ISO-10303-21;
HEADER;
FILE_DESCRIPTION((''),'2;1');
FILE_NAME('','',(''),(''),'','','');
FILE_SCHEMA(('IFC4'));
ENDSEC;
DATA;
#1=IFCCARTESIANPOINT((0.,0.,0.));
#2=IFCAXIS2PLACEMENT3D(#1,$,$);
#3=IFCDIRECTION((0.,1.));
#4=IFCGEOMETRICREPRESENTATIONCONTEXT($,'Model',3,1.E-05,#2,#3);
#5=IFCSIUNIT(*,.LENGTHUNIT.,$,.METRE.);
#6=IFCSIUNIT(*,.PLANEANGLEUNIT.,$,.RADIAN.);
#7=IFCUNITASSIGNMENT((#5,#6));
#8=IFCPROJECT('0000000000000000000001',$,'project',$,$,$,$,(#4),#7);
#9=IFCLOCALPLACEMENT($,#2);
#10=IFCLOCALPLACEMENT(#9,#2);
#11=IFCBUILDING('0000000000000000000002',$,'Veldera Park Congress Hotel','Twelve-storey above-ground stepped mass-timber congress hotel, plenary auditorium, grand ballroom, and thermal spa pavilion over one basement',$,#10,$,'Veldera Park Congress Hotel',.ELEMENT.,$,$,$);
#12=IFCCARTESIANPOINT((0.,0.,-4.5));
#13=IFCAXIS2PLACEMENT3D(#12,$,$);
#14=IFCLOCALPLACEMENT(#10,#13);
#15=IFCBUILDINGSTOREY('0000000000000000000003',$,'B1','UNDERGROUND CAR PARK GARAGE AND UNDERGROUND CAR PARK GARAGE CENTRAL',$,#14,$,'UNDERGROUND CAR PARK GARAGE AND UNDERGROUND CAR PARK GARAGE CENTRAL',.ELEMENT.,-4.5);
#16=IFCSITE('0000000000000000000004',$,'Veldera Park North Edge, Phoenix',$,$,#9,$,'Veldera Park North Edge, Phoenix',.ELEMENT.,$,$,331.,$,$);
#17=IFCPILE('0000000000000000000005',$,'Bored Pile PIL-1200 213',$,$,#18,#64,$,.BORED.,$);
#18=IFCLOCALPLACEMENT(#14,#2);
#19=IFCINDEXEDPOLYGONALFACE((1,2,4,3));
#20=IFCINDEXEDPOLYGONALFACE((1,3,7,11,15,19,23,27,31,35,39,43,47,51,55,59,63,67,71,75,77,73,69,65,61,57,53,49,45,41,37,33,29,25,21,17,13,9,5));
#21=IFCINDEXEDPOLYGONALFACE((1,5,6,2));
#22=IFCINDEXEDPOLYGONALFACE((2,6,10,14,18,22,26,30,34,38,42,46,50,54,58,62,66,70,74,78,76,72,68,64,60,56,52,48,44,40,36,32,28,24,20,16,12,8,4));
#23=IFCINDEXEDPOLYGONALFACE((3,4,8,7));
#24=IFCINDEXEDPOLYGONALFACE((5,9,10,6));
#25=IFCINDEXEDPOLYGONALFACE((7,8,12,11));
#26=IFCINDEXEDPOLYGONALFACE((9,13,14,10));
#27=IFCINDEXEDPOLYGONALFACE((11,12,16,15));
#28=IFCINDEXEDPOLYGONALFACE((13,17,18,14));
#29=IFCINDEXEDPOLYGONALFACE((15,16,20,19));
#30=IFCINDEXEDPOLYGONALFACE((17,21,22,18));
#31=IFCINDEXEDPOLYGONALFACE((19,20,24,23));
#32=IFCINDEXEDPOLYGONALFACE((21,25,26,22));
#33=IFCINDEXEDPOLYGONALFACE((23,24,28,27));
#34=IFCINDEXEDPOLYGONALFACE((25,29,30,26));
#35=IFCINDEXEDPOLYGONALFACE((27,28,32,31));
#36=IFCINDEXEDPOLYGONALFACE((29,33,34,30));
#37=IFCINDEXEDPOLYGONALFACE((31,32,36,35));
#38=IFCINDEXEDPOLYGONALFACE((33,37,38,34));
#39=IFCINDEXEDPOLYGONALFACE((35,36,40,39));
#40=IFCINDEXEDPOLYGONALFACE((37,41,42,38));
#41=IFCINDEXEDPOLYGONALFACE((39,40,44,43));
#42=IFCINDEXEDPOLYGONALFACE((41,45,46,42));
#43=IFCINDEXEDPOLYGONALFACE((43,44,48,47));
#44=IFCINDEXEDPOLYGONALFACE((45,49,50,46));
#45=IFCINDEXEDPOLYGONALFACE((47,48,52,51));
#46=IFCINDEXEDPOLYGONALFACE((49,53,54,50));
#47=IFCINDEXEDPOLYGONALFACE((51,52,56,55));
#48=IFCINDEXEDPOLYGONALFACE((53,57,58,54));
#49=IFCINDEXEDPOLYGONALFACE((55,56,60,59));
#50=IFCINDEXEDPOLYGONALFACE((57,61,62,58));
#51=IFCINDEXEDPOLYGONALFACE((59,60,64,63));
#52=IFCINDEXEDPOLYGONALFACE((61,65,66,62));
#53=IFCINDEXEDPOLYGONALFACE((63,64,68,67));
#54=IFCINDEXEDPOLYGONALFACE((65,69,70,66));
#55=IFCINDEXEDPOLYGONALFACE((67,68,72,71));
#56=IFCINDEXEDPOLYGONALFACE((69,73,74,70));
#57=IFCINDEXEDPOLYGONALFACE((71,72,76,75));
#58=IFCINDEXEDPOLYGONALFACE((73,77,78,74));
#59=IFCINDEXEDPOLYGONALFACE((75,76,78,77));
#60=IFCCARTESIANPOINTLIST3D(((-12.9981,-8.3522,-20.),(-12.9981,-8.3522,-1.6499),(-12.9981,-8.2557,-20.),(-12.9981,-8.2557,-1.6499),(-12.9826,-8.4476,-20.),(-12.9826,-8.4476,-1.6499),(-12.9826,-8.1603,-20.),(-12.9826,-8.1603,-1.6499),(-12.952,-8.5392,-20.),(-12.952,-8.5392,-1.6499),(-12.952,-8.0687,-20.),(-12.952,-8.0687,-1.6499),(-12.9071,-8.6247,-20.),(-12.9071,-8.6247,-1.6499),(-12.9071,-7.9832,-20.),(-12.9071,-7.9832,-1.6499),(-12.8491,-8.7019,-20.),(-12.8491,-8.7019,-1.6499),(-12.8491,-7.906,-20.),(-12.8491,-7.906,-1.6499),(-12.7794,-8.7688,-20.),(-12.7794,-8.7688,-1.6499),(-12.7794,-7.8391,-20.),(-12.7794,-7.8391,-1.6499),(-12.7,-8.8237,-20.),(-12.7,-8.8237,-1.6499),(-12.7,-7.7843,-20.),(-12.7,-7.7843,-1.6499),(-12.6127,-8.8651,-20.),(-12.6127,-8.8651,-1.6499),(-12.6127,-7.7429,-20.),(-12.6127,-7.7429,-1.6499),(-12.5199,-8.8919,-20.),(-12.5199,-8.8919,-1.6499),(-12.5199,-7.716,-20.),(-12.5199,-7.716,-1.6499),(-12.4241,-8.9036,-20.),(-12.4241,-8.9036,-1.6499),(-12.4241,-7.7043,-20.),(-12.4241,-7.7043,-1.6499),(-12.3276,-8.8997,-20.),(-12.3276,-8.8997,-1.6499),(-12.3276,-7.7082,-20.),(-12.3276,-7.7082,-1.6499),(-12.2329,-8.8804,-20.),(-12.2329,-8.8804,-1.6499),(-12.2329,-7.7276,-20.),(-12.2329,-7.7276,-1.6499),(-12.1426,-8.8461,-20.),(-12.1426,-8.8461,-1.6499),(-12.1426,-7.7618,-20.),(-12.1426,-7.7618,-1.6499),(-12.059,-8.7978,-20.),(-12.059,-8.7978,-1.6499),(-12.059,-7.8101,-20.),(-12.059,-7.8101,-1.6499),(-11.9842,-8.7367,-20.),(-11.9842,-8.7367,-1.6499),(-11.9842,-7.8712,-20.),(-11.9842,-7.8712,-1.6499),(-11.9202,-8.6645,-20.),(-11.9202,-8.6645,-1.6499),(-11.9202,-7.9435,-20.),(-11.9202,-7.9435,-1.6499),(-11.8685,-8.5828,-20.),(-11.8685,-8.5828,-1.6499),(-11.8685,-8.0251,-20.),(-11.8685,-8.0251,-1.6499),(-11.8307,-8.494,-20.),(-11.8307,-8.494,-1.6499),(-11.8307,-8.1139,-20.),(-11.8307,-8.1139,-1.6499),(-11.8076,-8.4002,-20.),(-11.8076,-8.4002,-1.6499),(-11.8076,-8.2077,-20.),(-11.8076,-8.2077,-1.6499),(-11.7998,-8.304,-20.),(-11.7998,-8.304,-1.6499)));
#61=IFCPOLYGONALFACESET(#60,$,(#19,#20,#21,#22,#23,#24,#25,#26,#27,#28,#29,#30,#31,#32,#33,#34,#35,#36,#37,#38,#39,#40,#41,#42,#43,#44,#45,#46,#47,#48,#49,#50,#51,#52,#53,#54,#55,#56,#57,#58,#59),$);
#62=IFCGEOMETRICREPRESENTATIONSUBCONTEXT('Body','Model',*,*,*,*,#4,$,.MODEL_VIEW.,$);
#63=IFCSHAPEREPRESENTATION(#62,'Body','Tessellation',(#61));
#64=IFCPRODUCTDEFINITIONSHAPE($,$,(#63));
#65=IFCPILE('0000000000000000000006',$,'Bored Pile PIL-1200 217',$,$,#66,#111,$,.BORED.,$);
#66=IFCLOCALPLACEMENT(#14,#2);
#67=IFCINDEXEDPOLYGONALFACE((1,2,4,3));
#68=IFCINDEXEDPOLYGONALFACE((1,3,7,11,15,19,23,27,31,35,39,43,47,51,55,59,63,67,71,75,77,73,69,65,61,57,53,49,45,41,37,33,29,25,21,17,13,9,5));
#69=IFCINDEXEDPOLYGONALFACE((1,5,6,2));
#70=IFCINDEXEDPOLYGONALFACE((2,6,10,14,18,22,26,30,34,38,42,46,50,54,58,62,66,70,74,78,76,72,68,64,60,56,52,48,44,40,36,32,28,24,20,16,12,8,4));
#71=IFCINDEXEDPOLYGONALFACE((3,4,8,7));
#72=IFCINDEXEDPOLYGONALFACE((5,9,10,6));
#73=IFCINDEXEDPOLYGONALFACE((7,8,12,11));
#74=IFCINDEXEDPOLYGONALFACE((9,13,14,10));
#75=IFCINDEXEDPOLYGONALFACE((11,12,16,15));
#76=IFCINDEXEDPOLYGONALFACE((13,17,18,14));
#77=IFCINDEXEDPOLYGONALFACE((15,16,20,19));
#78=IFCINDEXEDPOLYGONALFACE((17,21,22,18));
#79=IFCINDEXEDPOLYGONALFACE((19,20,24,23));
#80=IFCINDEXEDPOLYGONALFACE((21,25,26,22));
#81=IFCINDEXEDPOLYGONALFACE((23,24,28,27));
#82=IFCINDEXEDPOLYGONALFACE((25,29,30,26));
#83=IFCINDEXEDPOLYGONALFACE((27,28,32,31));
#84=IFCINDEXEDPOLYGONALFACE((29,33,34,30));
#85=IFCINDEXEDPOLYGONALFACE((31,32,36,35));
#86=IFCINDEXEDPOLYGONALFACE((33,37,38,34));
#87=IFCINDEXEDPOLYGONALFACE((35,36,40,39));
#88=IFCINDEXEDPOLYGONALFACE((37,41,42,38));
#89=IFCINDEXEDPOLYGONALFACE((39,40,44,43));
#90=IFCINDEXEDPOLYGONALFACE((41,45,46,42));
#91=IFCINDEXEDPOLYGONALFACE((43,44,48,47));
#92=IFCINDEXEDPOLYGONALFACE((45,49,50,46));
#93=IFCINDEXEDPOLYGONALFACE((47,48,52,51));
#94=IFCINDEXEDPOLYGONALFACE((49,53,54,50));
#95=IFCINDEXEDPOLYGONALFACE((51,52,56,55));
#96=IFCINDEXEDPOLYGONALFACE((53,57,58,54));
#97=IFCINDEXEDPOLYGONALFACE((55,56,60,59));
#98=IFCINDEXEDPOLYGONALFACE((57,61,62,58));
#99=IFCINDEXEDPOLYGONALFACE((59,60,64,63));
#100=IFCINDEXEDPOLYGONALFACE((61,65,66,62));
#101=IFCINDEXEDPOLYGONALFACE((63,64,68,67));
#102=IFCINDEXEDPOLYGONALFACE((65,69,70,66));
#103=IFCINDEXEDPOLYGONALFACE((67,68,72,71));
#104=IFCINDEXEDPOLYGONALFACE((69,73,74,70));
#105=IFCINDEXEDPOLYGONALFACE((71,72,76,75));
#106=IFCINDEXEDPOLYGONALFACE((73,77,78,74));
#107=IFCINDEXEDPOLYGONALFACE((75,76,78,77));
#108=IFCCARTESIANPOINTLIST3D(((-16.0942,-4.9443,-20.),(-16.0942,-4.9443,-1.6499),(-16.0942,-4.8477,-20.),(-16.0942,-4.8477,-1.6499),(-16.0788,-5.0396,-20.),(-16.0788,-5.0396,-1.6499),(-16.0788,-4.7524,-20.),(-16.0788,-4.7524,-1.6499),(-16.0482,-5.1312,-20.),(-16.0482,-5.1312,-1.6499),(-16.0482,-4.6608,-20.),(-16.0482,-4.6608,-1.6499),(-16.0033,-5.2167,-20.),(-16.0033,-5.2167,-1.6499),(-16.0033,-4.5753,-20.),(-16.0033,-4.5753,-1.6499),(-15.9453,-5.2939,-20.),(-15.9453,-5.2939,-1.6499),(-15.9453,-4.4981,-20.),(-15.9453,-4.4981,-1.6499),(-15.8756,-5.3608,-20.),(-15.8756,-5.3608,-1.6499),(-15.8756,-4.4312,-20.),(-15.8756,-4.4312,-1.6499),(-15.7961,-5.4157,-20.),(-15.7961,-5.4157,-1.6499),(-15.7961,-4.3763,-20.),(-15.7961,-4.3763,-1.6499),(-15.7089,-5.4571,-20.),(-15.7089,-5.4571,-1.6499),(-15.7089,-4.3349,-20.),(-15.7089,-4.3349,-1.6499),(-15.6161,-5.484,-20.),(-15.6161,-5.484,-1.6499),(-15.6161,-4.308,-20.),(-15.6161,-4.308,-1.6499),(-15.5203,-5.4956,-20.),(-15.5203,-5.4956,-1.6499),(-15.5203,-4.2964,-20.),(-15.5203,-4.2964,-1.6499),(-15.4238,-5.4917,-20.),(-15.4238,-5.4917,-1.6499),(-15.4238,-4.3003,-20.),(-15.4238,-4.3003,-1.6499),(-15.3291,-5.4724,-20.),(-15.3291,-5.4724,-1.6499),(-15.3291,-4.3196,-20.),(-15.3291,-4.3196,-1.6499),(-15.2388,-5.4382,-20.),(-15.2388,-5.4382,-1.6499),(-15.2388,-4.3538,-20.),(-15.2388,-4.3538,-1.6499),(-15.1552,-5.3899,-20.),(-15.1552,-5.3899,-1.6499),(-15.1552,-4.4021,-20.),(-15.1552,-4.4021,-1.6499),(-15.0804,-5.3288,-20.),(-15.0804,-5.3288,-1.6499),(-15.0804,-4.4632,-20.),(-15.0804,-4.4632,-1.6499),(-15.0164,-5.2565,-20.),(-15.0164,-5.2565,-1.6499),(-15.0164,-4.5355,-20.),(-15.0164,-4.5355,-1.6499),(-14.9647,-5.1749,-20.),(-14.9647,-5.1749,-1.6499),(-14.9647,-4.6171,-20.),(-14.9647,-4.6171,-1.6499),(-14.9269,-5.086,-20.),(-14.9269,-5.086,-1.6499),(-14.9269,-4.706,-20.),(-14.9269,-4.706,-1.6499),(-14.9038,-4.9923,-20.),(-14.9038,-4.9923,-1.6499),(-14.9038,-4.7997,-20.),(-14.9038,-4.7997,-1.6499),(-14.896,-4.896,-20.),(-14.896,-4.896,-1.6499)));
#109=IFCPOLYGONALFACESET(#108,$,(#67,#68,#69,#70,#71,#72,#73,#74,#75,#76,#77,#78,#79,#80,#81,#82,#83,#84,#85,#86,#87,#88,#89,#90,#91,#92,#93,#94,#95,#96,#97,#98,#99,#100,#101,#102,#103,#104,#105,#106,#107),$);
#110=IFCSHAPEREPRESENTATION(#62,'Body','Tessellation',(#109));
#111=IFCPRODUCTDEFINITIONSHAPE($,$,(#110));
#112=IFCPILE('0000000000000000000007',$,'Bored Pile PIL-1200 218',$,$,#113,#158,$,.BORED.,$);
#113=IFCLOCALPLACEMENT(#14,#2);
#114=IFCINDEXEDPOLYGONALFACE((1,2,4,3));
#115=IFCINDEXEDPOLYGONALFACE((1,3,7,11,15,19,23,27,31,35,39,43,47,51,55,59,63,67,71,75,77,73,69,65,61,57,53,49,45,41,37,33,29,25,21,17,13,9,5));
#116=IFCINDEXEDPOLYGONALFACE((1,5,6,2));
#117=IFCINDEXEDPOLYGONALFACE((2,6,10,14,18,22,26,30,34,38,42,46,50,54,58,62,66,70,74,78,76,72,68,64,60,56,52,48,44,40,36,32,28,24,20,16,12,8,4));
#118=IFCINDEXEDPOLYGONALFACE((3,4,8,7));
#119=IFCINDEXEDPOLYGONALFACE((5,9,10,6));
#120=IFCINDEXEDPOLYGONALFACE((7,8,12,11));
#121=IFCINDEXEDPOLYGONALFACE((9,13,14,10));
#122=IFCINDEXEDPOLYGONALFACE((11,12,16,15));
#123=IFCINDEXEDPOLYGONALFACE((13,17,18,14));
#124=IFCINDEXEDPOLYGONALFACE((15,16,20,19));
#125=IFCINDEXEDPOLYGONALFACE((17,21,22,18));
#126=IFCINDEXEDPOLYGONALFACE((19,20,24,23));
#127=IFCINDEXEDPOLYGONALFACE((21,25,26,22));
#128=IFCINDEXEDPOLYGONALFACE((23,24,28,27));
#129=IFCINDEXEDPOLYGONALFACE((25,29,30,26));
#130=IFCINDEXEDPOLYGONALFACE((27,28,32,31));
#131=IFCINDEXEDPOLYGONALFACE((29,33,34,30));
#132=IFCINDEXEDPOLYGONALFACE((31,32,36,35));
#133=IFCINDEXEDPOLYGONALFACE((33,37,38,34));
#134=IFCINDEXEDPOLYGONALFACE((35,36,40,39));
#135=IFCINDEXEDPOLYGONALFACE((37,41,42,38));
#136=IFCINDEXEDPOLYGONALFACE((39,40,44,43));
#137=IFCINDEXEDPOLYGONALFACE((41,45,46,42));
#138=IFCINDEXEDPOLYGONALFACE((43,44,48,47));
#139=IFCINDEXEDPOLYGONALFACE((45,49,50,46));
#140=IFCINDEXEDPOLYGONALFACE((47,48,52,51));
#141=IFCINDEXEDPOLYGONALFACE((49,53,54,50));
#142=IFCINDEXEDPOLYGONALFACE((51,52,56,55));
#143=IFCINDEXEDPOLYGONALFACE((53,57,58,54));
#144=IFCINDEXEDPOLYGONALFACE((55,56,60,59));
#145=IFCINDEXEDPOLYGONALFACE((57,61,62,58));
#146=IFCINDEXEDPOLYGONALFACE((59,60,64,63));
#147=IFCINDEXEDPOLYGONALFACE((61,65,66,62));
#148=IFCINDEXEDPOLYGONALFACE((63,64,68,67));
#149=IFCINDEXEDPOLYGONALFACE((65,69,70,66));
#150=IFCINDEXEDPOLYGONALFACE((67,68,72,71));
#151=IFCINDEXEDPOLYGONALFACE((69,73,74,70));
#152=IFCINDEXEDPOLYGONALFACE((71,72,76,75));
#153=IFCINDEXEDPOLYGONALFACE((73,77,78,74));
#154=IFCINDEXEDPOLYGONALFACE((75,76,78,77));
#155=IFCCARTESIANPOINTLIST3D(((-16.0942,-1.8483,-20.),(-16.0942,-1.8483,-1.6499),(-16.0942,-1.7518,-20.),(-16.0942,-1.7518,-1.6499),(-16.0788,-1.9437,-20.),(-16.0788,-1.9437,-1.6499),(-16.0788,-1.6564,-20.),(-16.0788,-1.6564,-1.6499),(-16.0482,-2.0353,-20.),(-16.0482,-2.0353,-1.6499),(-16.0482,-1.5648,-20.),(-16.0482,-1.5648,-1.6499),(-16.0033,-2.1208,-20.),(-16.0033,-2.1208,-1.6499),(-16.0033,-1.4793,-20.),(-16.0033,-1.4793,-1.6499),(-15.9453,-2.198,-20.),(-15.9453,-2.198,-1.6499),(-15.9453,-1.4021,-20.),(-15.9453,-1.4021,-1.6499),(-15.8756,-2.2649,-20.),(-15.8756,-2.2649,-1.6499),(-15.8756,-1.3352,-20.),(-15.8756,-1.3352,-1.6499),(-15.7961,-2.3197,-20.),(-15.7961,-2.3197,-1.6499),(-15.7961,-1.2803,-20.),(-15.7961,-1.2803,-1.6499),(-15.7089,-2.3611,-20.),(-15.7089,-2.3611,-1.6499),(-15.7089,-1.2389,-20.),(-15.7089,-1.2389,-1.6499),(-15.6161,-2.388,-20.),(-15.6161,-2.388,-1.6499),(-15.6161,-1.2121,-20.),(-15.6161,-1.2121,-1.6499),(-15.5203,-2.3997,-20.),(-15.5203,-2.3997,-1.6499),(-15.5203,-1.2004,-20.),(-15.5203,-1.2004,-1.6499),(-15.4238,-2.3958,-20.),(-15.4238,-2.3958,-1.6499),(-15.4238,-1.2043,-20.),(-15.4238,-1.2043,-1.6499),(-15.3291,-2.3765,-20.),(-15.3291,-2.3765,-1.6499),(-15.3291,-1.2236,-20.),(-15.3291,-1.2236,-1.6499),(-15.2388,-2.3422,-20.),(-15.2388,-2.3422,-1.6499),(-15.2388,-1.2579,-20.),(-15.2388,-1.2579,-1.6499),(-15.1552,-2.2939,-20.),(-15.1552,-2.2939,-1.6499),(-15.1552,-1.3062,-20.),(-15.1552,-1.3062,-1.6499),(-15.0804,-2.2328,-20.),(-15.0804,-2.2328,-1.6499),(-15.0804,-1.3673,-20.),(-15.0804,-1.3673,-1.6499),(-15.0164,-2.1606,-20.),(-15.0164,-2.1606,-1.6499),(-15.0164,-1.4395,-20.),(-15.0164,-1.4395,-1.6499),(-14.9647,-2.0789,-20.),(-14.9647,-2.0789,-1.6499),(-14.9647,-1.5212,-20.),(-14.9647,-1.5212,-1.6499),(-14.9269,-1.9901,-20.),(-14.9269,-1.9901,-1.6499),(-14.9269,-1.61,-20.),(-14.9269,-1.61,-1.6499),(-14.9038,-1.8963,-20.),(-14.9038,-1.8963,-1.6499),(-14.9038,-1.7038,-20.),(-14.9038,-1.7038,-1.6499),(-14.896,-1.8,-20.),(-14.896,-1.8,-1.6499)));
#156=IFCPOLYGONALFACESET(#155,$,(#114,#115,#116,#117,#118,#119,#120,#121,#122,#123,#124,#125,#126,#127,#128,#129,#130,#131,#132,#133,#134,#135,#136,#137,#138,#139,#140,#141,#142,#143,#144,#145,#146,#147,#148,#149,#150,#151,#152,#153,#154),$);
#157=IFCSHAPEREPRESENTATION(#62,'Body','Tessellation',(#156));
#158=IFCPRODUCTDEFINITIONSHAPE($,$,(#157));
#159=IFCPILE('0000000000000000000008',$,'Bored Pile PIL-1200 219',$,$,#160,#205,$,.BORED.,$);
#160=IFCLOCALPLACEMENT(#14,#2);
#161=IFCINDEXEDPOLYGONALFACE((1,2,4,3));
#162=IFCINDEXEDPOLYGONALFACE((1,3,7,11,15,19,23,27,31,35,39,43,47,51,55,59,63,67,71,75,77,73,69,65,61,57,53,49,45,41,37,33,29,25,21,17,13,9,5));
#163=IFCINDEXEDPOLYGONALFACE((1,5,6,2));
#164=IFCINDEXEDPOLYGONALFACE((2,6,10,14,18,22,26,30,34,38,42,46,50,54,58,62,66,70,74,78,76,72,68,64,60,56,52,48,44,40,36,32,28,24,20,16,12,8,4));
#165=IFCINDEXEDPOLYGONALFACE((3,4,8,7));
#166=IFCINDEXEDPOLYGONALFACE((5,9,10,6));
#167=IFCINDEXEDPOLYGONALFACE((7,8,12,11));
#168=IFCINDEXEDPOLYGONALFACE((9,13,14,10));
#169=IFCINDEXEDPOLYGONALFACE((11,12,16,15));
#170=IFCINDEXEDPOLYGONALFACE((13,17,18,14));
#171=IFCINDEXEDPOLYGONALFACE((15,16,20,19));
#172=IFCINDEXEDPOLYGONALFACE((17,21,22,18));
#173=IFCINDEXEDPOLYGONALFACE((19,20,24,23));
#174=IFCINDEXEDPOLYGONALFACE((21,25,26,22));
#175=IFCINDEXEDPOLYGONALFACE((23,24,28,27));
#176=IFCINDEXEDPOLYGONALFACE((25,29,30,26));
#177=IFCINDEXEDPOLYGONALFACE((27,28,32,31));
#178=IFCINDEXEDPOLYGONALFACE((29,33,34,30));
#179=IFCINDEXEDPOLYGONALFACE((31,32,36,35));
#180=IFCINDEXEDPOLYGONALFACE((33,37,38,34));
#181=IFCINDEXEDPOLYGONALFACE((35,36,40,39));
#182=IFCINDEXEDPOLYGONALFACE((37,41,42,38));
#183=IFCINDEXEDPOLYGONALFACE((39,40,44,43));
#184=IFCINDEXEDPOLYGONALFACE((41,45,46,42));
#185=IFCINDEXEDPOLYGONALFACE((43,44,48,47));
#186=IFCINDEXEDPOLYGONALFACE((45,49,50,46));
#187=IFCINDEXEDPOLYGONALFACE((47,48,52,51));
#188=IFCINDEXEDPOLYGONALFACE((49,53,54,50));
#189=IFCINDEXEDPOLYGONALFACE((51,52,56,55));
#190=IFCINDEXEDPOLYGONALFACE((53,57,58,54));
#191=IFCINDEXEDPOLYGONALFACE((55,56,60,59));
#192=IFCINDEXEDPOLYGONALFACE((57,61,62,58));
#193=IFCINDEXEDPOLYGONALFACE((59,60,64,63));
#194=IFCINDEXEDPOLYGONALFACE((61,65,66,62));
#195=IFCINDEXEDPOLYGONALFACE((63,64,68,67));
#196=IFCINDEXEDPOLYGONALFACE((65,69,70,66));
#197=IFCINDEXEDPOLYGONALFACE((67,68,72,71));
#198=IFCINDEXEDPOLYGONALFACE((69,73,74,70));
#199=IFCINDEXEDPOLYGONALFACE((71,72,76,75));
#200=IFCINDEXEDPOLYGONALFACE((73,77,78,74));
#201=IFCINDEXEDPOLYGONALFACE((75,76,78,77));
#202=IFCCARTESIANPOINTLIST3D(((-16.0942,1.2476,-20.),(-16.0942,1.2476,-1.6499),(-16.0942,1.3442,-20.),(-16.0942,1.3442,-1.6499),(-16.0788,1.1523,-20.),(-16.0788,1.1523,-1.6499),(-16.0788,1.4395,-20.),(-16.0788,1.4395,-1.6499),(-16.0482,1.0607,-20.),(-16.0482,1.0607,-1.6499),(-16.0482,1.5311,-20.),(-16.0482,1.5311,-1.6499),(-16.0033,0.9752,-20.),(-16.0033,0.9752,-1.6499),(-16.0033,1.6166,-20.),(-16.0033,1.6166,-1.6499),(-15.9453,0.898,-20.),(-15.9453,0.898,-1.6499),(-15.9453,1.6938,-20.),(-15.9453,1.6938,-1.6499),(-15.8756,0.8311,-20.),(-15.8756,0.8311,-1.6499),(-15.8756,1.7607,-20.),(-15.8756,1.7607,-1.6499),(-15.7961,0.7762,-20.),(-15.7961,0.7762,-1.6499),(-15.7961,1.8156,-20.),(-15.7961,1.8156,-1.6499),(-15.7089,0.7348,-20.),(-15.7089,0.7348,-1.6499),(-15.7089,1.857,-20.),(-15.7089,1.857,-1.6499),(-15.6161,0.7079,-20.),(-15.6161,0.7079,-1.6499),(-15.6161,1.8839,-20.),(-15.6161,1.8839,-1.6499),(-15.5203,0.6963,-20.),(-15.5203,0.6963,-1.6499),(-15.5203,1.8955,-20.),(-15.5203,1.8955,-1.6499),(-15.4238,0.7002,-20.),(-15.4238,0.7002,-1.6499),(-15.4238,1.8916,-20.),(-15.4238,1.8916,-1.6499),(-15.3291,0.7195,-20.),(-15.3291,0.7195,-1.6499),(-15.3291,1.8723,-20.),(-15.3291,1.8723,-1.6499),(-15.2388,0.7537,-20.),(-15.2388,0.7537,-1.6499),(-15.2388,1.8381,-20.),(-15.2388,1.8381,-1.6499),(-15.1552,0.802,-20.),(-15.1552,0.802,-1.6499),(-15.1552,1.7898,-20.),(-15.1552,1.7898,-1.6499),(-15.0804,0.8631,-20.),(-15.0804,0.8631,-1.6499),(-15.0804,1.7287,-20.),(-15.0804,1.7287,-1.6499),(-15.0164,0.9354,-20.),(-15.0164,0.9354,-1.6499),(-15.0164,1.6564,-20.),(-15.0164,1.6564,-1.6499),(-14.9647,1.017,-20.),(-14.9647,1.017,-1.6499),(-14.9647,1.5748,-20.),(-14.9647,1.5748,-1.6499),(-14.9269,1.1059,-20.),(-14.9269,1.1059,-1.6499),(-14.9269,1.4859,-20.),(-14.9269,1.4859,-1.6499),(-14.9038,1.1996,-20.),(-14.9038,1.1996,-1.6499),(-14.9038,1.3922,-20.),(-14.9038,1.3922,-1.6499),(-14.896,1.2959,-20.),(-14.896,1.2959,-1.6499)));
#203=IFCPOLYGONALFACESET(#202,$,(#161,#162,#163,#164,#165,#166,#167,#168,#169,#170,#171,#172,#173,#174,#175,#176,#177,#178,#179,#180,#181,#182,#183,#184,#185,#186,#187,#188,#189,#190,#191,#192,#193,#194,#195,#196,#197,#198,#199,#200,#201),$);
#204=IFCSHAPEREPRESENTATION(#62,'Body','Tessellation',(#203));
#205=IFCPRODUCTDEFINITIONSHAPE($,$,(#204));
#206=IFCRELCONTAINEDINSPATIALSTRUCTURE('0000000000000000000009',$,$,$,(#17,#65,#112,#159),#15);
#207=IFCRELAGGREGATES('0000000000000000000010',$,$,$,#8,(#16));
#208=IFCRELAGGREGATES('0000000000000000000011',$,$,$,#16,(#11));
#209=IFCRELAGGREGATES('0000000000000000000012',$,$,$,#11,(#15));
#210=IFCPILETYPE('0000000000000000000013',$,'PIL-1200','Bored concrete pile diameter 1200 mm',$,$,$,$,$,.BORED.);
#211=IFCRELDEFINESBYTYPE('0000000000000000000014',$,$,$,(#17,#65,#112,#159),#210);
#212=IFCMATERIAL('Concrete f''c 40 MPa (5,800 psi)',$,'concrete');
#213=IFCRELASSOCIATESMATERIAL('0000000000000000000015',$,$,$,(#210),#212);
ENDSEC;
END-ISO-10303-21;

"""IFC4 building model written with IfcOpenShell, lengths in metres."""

from ifc_helpers import new_model, si_unit, direction, frame, origin, origin_2d, place, context, subcontext, project, spatial, circle, extrude, material, material_profile, profile_set, type_object, element, save


model = new_model("IFC4")

# Units and contexts
model_context = context("Model", 3, precision=1e-05, world=origin(), true_north=direction((0.0, 1.0)))
body_context = subcontext(model_context, "Body", "Model", "MODEL_VIEW")
ifc_project = project(units=[si_unit("LENGTHUNIT", "METRE"), si_unit("PLANEANGLEUNIT", "RADIAN")], contexts=[model_context])

# Site, building, storey
site_placement = place(None, origin())
site = spatial("IfcSite", under=ifc_project, at=site_placement, Name="Veldera Park North Edge, Phoenix", LongName="Veldera Park North Edge, Phoenix", CompositionType="ELEMENT", RefElevation=331.0)
building_placement = place(site_placement, origin())
building = spatial("IfcBuilding", under=site, at=building_placement, Name="Veldera Park Congress Hotel", Description="Twelve-storey above-ground stepped mass-timber congress hotel, plenary auditorium, grand ballroom, and thermal spa pavilion over one basement", LongName="Veldera Park Congress Hotel", CompositionType="ELEMENT")
storey_placement = place(building_placement, frame((0.0, 0.0, -4.5)))
storey = spatial("IfcBuildingStorey", under=building, at=storey_placement, Name="B1", Description="UNDERGROUND CAR PARK GARAGE AND UNDERGROUND CAR PARK GARAGE CENTRAL", LongName="UNDERGROUND CAR PARK GARAGE AND UNDERGROUND CAR PARK GARAGE CENTRAL", CompositionType="ELEMENT", Elevation=-4.5)

# Shared definitions
ifc_material_1 = material(Name="Concrete f'c 40 MPa (5,800 psi)", Category="concrete")

# Piles
ifc_material_profile_1 = material_profile(ifc_material_1, circle(Radius=0.6001, at=origin_2d()), Name="PILE D1200")
ifc_profile_set_1 = profile_set([ifc_material_profile_1], Name="Concrete f'c 40 MPa (5,800 psi)")
pile_type = type_object("IfcPileType", Name="PIL-1200", Description="Bored concrete pile diameter 1200 mm", PredefinedType="BORED", material=ifc_profile_set_1)
for number, where, z_axis, x_axis, name in (
    (1, (-12.3999, -8.304, -1.6499), (0.0, 0.0, -1.0), (1.0, 0.0, 0.0), "Bored Pile PIL-1200 213"),
    (2, (-15.4961, -4.896, -1.6499), (0.0, 0.0, -1.0), (1.0, 0.0, 0.0), "Bored Pile PIL-1200 217"),
    (3, (-15.4961, -1.8, -1.6499), (0.0, 0.0, -1.0), (1.0, 0.0, 0.0), "Bored Pile PIL-1200 218"),
    (4, (-15.4961, 1.2959, -1.6499), (0.0, 0.0, -1.0), (1.0, 0.0, 0.0), "Bored Pile PIL-1200 219"),
):
    element("IfcPile", number, at=place(storey_placement, frame(where, z_axis=z_axis, x_axis=x_axis)), inside=storey, type_object=pile_type, Name=name, PredefinedType="BORED", context=body_context, shape_type="SweptSolid", body=[
        extrude(circle(Radius=0.6001, at=origin_2d()), origin(), (0.0, 0.0, 1.0), 18.3501),
    ])

save(model, "model.ifc")
